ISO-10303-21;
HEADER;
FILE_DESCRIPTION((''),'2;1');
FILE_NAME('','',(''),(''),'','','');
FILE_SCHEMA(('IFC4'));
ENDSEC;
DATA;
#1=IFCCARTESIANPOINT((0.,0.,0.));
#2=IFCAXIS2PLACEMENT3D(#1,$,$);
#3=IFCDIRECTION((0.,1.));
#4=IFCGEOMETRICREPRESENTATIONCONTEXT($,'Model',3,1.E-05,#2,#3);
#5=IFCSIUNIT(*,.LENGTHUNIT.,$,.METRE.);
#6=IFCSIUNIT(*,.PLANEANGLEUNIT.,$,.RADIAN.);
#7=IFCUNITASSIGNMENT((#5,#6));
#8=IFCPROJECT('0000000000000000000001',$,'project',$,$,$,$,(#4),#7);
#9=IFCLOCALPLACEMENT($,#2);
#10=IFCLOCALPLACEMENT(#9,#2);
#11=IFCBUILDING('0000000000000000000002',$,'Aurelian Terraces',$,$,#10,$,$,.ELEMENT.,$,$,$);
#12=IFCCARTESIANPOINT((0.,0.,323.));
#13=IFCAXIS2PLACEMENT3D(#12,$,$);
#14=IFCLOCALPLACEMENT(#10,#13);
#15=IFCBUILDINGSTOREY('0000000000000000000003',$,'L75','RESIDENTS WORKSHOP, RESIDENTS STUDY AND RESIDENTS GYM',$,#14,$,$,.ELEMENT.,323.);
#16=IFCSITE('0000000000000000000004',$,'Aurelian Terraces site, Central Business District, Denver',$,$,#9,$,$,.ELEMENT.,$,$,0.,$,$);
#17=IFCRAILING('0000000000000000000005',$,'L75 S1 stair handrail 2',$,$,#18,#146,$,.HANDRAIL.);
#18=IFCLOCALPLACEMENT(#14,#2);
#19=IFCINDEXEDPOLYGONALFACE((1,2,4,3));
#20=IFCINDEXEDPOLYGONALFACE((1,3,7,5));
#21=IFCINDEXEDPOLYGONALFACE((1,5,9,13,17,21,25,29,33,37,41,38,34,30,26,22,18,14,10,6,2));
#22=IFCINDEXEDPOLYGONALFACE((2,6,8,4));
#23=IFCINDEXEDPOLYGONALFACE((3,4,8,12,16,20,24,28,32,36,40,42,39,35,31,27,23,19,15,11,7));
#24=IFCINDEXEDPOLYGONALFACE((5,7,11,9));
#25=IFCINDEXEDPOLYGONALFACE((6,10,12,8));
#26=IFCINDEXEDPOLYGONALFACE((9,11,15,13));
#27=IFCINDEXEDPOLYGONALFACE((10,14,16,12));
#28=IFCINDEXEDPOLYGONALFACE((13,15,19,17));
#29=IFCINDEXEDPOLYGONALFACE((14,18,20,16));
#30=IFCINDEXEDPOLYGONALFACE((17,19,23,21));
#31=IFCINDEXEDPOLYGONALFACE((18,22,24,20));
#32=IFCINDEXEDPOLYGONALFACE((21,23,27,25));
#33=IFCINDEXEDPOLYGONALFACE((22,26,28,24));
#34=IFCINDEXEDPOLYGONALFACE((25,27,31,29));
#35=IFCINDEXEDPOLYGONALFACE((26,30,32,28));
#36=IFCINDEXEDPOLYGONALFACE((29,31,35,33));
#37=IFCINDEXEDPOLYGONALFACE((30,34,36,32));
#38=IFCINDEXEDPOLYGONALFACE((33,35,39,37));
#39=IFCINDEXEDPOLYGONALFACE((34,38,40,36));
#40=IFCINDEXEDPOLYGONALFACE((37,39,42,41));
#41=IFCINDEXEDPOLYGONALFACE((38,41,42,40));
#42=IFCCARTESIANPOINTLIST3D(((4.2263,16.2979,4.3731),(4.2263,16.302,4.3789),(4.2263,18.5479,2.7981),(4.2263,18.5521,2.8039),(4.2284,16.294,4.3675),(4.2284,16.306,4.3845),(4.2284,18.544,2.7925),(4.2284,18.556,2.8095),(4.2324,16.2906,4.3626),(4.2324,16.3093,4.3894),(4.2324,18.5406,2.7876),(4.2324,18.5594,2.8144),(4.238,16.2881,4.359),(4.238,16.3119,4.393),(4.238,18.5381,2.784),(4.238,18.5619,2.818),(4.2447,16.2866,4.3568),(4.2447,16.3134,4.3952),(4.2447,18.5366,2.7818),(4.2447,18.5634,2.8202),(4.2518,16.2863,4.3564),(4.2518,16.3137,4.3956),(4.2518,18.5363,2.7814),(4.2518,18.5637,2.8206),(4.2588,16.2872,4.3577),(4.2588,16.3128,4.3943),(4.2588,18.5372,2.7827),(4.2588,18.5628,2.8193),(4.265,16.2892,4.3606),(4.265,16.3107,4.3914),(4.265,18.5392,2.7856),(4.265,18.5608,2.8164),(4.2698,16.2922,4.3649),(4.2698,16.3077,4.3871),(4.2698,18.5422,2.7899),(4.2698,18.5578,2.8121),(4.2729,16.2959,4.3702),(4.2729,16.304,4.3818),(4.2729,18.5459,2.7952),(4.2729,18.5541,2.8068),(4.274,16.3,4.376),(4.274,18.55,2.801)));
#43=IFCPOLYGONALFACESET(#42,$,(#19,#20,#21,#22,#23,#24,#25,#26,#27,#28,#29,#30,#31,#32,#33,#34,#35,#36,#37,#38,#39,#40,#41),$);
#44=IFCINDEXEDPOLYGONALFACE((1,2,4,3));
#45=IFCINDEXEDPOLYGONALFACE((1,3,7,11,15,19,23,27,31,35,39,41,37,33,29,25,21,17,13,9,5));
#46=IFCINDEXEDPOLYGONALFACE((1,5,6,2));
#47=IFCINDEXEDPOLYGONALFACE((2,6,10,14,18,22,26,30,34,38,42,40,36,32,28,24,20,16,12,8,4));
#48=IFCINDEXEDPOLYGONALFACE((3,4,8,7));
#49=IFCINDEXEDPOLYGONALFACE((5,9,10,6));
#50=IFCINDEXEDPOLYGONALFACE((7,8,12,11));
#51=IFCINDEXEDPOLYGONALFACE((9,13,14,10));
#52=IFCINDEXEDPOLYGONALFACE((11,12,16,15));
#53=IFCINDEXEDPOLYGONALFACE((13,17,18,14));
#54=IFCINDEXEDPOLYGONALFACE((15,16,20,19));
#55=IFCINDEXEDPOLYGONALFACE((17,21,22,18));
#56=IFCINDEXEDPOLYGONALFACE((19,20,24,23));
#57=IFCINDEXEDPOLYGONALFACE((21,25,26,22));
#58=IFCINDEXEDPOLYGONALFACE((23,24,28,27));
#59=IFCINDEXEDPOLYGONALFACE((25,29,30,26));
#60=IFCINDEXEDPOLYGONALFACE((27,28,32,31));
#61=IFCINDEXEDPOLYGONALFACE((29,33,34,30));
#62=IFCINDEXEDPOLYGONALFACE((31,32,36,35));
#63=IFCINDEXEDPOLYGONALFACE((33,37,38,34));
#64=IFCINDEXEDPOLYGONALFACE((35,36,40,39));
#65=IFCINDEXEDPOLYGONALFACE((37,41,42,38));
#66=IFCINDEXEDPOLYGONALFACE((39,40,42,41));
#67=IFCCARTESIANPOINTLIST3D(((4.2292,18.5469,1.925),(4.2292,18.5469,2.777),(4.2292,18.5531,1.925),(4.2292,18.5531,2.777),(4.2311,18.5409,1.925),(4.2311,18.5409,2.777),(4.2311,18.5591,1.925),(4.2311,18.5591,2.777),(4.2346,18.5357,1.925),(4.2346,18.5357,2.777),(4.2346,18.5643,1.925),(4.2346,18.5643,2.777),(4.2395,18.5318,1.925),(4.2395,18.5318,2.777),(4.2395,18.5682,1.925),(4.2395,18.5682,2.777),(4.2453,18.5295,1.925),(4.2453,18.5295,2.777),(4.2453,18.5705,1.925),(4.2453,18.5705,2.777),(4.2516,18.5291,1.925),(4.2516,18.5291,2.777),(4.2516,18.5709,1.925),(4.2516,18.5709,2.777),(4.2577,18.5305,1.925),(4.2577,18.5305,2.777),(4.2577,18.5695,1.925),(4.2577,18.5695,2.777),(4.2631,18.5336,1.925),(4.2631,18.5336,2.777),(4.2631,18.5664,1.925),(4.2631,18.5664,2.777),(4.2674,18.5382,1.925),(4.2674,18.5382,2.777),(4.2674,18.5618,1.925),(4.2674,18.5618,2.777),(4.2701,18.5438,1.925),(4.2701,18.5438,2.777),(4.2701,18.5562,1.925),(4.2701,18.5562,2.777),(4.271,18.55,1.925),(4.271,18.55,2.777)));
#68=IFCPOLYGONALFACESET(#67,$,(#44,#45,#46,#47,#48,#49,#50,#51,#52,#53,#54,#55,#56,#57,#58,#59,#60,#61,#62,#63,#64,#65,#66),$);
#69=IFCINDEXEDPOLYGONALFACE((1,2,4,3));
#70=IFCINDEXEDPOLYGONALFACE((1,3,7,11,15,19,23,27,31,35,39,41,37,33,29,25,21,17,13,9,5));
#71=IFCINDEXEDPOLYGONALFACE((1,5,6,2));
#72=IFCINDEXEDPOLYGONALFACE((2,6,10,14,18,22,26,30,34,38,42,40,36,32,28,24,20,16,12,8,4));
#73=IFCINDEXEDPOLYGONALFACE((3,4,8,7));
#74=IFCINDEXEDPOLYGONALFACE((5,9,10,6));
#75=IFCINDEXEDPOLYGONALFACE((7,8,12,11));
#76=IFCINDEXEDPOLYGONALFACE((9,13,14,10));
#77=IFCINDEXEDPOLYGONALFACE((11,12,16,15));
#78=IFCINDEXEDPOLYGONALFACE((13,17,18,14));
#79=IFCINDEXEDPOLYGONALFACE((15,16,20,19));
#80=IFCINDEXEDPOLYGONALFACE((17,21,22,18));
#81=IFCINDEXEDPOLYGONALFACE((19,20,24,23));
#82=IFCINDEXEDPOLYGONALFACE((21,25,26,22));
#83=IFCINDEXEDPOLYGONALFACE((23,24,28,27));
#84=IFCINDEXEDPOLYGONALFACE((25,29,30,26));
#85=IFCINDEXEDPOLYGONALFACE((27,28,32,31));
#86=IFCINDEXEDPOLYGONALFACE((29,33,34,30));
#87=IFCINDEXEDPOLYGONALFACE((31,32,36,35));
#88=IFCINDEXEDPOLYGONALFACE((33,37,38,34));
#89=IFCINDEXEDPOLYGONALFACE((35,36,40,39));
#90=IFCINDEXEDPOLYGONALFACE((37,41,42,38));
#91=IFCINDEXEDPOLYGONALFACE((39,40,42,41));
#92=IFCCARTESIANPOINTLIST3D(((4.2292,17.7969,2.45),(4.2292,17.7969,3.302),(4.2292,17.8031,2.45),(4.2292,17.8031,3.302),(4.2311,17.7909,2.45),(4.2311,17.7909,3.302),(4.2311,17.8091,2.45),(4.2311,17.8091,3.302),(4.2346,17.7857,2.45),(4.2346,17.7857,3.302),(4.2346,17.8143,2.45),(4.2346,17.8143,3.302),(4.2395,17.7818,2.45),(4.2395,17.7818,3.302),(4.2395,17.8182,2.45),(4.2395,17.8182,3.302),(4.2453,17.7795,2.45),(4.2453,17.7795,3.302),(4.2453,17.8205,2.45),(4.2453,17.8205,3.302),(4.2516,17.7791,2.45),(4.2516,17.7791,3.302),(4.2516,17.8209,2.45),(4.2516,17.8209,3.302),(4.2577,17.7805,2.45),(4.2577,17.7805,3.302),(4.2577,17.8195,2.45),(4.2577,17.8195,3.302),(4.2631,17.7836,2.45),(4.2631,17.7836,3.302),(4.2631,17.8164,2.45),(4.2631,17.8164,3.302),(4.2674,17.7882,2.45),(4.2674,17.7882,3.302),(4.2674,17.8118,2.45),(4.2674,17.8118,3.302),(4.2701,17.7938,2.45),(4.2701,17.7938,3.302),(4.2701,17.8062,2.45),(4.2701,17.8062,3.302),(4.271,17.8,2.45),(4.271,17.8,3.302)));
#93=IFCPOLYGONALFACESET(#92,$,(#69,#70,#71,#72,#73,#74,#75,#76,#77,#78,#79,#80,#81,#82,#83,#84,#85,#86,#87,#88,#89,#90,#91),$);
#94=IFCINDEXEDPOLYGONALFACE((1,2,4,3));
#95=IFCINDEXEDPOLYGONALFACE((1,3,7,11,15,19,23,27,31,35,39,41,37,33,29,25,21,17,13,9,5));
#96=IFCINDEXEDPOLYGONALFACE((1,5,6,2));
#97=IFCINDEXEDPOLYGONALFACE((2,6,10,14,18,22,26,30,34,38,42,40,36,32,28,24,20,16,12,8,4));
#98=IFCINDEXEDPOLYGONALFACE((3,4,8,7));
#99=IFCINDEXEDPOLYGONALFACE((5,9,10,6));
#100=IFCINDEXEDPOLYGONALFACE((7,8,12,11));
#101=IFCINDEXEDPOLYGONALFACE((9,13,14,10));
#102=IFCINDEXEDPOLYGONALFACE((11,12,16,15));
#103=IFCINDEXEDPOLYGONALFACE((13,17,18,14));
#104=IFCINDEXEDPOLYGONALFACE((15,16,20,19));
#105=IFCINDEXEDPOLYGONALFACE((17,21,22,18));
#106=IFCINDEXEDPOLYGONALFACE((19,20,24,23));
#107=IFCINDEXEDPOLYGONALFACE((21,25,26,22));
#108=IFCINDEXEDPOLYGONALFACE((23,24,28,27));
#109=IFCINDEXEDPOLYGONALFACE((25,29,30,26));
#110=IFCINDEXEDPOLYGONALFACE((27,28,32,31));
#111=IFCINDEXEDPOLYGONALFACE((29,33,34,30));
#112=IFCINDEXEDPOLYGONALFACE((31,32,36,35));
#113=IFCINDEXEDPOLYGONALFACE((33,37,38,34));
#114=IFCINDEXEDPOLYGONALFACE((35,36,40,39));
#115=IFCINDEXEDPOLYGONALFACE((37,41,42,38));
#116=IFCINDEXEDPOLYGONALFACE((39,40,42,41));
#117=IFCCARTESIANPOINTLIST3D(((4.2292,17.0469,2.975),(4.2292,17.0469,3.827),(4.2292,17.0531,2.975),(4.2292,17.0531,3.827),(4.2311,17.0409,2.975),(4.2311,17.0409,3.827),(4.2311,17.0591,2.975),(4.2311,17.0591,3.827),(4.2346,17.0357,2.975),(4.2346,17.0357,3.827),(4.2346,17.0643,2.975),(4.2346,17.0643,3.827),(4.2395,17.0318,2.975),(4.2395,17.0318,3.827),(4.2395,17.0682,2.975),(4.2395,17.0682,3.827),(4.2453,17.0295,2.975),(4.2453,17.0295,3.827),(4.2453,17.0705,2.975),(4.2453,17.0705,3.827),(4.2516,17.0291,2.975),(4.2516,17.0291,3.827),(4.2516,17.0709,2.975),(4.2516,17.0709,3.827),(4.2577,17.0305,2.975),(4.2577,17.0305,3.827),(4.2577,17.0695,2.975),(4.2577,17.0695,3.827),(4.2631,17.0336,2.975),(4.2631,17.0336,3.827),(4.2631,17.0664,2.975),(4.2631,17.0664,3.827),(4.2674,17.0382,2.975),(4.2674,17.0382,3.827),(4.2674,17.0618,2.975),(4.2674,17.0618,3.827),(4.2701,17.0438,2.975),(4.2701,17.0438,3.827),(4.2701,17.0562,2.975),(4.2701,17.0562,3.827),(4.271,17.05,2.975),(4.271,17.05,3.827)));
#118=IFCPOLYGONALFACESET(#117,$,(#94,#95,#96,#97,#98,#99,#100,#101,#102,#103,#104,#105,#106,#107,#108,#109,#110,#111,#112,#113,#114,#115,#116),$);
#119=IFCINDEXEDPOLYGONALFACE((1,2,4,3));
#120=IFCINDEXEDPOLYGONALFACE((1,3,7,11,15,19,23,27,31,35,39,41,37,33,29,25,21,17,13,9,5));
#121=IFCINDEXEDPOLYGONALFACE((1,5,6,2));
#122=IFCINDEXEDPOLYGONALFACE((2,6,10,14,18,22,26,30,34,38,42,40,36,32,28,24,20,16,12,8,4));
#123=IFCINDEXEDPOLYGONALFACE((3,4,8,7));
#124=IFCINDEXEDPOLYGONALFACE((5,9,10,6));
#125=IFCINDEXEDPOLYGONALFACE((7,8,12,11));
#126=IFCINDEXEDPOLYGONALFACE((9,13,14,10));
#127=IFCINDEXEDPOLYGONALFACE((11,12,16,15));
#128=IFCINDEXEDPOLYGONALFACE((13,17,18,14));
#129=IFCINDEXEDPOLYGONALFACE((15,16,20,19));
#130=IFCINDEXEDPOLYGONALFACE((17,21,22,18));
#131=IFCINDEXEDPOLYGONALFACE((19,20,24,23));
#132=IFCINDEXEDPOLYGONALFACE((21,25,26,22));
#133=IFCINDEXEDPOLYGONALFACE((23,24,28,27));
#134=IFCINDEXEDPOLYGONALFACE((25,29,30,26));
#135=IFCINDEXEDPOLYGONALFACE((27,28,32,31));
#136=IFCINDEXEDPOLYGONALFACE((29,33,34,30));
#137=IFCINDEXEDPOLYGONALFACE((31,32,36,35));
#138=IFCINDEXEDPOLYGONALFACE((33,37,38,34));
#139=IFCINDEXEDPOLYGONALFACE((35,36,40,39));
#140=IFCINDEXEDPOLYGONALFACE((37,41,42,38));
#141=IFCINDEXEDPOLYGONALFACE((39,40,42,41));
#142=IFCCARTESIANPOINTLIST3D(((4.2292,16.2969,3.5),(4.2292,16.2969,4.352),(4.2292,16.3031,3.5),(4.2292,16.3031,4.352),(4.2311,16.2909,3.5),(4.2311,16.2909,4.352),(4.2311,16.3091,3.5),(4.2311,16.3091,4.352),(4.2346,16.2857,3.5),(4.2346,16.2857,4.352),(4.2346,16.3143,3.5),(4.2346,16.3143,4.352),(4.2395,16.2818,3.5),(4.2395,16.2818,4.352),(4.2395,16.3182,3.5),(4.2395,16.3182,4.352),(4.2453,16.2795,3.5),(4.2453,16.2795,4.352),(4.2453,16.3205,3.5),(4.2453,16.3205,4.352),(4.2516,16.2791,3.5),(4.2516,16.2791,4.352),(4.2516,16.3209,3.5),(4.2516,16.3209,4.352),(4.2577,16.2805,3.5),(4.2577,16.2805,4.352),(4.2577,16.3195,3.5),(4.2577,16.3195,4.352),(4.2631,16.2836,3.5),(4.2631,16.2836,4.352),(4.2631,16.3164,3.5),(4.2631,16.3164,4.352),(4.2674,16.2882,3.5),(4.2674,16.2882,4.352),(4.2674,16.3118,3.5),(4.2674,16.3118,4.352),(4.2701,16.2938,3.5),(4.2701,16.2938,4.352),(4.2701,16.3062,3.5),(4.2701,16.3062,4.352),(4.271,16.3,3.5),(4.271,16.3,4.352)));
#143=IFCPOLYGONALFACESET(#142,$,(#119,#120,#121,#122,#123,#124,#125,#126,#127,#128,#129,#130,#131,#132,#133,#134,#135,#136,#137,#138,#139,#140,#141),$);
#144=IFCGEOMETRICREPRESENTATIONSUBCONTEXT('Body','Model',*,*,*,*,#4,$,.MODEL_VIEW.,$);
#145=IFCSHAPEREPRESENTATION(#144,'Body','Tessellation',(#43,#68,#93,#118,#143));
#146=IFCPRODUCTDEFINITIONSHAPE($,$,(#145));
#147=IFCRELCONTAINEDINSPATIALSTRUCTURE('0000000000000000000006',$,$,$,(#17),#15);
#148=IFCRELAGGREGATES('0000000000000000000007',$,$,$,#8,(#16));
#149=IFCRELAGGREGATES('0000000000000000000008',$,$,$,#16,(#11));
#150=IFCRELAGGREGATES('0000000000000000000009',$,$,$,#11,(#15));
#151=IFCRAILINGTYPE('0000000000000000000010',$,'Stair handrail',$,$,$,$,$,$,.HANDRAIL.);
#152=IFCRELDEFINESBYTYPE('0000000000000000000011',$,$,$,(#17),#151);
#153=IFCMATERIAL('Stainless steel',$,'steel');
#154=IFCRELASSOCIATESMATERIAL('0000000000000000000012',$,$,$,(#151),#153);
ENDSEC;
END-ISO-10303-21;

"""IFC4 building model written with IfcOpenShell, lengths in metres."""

from ifc_helpers import new_model, si_unit, direction, frame, origin, origin_2d, place, context, subcontext, project, spatial, circle, extrude, source, transform, mapped, material, type_object, element, save


model = new_model("IFC4")

# Units and contexts
model_context = context("Model", 3, precision=1e-05, world=origin(), true_north=direction((0.0, 1.0)))
body_context = subcontext(model_context, "Body", "Model", "MODEL_VIEW")
ifc_project = project(units=[si_unit("LENGTHUNIT", "METRE"), si_unit("PLANEANGLEUNIT", "RADIAN")], contexts=[model_context])

# Site, building, storey
site_placement = place(None, origin())
site = spatial("IfcSite", under=ifc_project, at=site_placement, Name="Aurelian Terraces site, Central Business District, Denver", CompositionType="ELEMENT", RefElevation=0.0)
building_placement = place(site_placement, origin())
building = spatial("IfcBuilding", under=site, at=building_placement, Name="Aurelian Terraces", CompositionType="ELEMENT")
storey_placement = place(building_placement, frame((0.0, 0.0, 323.0)))
storey = spatial("IfcBuildingStorey", under=building, at=storey_placement, Name="L75", Description="RESIDENTS WORKSHOP, RESIDENTS STUDY AND RESIDENTS GYM", CompositionType="ELEMENT", Elevation=323.0)

# Railing
ifc_material_1 = material(Name="Stainless steel", Category="steel")
railing_type_1 = type_object("IfcRailingType", Name="Stair handrail", PredefinedType="HANDRAIL", material=ifc_material_1)
shared_shape_1 = source(origin(), body_context, "Body", "SweptSolid", [
    extrude(circle(Radius=0.024, at=origin_2d()), frame((0.0, 0.0, 0.876), z_axis=(0.0, -0.819232, 0.573462), x_axis=(1.0, 0.0, 0.0)), (0.0, 0.0, 1.0), 2.7465),
    extrude(circle(Radius=0.021, at=origin_2d()), origin(), (0.0, 0.0, 1.0), 0.852),
    extrude(circle(Radius=0.021, at=origin_2d()), frame((0.0, -0.75, 0.525)), (0.0, 0.0, 1.0), 0.852),
    extrude(circle(Radius=0.021, at=origin_2d()), frame((0.0, -1.5, 1.05)), (0.0, 0.0, 1.0), 0.852),
    extrude(circle(Radius=0.021, at=origin_2d()), frame((0.0, -2.25, 1.575)), (0.0, 0.0, 1.0), 0.852),
])
railing_1_placement = place(storey_placement, frame((4.25, 18.55, 1.925)))
element("IfcRailing", 1, at=railing_1_placement, inside=storey, type_object=railing_type_1, Name="L75 S1 stair handrail 2", PredefinedType="HANDRAIL", context=body_context, shape_type="MappedRepresentation", body=[
    mapped(shared_shape_1, transform((0.0, 0.0, 0.0), scale=1.0)),
])

save(model, "model.ifc")
